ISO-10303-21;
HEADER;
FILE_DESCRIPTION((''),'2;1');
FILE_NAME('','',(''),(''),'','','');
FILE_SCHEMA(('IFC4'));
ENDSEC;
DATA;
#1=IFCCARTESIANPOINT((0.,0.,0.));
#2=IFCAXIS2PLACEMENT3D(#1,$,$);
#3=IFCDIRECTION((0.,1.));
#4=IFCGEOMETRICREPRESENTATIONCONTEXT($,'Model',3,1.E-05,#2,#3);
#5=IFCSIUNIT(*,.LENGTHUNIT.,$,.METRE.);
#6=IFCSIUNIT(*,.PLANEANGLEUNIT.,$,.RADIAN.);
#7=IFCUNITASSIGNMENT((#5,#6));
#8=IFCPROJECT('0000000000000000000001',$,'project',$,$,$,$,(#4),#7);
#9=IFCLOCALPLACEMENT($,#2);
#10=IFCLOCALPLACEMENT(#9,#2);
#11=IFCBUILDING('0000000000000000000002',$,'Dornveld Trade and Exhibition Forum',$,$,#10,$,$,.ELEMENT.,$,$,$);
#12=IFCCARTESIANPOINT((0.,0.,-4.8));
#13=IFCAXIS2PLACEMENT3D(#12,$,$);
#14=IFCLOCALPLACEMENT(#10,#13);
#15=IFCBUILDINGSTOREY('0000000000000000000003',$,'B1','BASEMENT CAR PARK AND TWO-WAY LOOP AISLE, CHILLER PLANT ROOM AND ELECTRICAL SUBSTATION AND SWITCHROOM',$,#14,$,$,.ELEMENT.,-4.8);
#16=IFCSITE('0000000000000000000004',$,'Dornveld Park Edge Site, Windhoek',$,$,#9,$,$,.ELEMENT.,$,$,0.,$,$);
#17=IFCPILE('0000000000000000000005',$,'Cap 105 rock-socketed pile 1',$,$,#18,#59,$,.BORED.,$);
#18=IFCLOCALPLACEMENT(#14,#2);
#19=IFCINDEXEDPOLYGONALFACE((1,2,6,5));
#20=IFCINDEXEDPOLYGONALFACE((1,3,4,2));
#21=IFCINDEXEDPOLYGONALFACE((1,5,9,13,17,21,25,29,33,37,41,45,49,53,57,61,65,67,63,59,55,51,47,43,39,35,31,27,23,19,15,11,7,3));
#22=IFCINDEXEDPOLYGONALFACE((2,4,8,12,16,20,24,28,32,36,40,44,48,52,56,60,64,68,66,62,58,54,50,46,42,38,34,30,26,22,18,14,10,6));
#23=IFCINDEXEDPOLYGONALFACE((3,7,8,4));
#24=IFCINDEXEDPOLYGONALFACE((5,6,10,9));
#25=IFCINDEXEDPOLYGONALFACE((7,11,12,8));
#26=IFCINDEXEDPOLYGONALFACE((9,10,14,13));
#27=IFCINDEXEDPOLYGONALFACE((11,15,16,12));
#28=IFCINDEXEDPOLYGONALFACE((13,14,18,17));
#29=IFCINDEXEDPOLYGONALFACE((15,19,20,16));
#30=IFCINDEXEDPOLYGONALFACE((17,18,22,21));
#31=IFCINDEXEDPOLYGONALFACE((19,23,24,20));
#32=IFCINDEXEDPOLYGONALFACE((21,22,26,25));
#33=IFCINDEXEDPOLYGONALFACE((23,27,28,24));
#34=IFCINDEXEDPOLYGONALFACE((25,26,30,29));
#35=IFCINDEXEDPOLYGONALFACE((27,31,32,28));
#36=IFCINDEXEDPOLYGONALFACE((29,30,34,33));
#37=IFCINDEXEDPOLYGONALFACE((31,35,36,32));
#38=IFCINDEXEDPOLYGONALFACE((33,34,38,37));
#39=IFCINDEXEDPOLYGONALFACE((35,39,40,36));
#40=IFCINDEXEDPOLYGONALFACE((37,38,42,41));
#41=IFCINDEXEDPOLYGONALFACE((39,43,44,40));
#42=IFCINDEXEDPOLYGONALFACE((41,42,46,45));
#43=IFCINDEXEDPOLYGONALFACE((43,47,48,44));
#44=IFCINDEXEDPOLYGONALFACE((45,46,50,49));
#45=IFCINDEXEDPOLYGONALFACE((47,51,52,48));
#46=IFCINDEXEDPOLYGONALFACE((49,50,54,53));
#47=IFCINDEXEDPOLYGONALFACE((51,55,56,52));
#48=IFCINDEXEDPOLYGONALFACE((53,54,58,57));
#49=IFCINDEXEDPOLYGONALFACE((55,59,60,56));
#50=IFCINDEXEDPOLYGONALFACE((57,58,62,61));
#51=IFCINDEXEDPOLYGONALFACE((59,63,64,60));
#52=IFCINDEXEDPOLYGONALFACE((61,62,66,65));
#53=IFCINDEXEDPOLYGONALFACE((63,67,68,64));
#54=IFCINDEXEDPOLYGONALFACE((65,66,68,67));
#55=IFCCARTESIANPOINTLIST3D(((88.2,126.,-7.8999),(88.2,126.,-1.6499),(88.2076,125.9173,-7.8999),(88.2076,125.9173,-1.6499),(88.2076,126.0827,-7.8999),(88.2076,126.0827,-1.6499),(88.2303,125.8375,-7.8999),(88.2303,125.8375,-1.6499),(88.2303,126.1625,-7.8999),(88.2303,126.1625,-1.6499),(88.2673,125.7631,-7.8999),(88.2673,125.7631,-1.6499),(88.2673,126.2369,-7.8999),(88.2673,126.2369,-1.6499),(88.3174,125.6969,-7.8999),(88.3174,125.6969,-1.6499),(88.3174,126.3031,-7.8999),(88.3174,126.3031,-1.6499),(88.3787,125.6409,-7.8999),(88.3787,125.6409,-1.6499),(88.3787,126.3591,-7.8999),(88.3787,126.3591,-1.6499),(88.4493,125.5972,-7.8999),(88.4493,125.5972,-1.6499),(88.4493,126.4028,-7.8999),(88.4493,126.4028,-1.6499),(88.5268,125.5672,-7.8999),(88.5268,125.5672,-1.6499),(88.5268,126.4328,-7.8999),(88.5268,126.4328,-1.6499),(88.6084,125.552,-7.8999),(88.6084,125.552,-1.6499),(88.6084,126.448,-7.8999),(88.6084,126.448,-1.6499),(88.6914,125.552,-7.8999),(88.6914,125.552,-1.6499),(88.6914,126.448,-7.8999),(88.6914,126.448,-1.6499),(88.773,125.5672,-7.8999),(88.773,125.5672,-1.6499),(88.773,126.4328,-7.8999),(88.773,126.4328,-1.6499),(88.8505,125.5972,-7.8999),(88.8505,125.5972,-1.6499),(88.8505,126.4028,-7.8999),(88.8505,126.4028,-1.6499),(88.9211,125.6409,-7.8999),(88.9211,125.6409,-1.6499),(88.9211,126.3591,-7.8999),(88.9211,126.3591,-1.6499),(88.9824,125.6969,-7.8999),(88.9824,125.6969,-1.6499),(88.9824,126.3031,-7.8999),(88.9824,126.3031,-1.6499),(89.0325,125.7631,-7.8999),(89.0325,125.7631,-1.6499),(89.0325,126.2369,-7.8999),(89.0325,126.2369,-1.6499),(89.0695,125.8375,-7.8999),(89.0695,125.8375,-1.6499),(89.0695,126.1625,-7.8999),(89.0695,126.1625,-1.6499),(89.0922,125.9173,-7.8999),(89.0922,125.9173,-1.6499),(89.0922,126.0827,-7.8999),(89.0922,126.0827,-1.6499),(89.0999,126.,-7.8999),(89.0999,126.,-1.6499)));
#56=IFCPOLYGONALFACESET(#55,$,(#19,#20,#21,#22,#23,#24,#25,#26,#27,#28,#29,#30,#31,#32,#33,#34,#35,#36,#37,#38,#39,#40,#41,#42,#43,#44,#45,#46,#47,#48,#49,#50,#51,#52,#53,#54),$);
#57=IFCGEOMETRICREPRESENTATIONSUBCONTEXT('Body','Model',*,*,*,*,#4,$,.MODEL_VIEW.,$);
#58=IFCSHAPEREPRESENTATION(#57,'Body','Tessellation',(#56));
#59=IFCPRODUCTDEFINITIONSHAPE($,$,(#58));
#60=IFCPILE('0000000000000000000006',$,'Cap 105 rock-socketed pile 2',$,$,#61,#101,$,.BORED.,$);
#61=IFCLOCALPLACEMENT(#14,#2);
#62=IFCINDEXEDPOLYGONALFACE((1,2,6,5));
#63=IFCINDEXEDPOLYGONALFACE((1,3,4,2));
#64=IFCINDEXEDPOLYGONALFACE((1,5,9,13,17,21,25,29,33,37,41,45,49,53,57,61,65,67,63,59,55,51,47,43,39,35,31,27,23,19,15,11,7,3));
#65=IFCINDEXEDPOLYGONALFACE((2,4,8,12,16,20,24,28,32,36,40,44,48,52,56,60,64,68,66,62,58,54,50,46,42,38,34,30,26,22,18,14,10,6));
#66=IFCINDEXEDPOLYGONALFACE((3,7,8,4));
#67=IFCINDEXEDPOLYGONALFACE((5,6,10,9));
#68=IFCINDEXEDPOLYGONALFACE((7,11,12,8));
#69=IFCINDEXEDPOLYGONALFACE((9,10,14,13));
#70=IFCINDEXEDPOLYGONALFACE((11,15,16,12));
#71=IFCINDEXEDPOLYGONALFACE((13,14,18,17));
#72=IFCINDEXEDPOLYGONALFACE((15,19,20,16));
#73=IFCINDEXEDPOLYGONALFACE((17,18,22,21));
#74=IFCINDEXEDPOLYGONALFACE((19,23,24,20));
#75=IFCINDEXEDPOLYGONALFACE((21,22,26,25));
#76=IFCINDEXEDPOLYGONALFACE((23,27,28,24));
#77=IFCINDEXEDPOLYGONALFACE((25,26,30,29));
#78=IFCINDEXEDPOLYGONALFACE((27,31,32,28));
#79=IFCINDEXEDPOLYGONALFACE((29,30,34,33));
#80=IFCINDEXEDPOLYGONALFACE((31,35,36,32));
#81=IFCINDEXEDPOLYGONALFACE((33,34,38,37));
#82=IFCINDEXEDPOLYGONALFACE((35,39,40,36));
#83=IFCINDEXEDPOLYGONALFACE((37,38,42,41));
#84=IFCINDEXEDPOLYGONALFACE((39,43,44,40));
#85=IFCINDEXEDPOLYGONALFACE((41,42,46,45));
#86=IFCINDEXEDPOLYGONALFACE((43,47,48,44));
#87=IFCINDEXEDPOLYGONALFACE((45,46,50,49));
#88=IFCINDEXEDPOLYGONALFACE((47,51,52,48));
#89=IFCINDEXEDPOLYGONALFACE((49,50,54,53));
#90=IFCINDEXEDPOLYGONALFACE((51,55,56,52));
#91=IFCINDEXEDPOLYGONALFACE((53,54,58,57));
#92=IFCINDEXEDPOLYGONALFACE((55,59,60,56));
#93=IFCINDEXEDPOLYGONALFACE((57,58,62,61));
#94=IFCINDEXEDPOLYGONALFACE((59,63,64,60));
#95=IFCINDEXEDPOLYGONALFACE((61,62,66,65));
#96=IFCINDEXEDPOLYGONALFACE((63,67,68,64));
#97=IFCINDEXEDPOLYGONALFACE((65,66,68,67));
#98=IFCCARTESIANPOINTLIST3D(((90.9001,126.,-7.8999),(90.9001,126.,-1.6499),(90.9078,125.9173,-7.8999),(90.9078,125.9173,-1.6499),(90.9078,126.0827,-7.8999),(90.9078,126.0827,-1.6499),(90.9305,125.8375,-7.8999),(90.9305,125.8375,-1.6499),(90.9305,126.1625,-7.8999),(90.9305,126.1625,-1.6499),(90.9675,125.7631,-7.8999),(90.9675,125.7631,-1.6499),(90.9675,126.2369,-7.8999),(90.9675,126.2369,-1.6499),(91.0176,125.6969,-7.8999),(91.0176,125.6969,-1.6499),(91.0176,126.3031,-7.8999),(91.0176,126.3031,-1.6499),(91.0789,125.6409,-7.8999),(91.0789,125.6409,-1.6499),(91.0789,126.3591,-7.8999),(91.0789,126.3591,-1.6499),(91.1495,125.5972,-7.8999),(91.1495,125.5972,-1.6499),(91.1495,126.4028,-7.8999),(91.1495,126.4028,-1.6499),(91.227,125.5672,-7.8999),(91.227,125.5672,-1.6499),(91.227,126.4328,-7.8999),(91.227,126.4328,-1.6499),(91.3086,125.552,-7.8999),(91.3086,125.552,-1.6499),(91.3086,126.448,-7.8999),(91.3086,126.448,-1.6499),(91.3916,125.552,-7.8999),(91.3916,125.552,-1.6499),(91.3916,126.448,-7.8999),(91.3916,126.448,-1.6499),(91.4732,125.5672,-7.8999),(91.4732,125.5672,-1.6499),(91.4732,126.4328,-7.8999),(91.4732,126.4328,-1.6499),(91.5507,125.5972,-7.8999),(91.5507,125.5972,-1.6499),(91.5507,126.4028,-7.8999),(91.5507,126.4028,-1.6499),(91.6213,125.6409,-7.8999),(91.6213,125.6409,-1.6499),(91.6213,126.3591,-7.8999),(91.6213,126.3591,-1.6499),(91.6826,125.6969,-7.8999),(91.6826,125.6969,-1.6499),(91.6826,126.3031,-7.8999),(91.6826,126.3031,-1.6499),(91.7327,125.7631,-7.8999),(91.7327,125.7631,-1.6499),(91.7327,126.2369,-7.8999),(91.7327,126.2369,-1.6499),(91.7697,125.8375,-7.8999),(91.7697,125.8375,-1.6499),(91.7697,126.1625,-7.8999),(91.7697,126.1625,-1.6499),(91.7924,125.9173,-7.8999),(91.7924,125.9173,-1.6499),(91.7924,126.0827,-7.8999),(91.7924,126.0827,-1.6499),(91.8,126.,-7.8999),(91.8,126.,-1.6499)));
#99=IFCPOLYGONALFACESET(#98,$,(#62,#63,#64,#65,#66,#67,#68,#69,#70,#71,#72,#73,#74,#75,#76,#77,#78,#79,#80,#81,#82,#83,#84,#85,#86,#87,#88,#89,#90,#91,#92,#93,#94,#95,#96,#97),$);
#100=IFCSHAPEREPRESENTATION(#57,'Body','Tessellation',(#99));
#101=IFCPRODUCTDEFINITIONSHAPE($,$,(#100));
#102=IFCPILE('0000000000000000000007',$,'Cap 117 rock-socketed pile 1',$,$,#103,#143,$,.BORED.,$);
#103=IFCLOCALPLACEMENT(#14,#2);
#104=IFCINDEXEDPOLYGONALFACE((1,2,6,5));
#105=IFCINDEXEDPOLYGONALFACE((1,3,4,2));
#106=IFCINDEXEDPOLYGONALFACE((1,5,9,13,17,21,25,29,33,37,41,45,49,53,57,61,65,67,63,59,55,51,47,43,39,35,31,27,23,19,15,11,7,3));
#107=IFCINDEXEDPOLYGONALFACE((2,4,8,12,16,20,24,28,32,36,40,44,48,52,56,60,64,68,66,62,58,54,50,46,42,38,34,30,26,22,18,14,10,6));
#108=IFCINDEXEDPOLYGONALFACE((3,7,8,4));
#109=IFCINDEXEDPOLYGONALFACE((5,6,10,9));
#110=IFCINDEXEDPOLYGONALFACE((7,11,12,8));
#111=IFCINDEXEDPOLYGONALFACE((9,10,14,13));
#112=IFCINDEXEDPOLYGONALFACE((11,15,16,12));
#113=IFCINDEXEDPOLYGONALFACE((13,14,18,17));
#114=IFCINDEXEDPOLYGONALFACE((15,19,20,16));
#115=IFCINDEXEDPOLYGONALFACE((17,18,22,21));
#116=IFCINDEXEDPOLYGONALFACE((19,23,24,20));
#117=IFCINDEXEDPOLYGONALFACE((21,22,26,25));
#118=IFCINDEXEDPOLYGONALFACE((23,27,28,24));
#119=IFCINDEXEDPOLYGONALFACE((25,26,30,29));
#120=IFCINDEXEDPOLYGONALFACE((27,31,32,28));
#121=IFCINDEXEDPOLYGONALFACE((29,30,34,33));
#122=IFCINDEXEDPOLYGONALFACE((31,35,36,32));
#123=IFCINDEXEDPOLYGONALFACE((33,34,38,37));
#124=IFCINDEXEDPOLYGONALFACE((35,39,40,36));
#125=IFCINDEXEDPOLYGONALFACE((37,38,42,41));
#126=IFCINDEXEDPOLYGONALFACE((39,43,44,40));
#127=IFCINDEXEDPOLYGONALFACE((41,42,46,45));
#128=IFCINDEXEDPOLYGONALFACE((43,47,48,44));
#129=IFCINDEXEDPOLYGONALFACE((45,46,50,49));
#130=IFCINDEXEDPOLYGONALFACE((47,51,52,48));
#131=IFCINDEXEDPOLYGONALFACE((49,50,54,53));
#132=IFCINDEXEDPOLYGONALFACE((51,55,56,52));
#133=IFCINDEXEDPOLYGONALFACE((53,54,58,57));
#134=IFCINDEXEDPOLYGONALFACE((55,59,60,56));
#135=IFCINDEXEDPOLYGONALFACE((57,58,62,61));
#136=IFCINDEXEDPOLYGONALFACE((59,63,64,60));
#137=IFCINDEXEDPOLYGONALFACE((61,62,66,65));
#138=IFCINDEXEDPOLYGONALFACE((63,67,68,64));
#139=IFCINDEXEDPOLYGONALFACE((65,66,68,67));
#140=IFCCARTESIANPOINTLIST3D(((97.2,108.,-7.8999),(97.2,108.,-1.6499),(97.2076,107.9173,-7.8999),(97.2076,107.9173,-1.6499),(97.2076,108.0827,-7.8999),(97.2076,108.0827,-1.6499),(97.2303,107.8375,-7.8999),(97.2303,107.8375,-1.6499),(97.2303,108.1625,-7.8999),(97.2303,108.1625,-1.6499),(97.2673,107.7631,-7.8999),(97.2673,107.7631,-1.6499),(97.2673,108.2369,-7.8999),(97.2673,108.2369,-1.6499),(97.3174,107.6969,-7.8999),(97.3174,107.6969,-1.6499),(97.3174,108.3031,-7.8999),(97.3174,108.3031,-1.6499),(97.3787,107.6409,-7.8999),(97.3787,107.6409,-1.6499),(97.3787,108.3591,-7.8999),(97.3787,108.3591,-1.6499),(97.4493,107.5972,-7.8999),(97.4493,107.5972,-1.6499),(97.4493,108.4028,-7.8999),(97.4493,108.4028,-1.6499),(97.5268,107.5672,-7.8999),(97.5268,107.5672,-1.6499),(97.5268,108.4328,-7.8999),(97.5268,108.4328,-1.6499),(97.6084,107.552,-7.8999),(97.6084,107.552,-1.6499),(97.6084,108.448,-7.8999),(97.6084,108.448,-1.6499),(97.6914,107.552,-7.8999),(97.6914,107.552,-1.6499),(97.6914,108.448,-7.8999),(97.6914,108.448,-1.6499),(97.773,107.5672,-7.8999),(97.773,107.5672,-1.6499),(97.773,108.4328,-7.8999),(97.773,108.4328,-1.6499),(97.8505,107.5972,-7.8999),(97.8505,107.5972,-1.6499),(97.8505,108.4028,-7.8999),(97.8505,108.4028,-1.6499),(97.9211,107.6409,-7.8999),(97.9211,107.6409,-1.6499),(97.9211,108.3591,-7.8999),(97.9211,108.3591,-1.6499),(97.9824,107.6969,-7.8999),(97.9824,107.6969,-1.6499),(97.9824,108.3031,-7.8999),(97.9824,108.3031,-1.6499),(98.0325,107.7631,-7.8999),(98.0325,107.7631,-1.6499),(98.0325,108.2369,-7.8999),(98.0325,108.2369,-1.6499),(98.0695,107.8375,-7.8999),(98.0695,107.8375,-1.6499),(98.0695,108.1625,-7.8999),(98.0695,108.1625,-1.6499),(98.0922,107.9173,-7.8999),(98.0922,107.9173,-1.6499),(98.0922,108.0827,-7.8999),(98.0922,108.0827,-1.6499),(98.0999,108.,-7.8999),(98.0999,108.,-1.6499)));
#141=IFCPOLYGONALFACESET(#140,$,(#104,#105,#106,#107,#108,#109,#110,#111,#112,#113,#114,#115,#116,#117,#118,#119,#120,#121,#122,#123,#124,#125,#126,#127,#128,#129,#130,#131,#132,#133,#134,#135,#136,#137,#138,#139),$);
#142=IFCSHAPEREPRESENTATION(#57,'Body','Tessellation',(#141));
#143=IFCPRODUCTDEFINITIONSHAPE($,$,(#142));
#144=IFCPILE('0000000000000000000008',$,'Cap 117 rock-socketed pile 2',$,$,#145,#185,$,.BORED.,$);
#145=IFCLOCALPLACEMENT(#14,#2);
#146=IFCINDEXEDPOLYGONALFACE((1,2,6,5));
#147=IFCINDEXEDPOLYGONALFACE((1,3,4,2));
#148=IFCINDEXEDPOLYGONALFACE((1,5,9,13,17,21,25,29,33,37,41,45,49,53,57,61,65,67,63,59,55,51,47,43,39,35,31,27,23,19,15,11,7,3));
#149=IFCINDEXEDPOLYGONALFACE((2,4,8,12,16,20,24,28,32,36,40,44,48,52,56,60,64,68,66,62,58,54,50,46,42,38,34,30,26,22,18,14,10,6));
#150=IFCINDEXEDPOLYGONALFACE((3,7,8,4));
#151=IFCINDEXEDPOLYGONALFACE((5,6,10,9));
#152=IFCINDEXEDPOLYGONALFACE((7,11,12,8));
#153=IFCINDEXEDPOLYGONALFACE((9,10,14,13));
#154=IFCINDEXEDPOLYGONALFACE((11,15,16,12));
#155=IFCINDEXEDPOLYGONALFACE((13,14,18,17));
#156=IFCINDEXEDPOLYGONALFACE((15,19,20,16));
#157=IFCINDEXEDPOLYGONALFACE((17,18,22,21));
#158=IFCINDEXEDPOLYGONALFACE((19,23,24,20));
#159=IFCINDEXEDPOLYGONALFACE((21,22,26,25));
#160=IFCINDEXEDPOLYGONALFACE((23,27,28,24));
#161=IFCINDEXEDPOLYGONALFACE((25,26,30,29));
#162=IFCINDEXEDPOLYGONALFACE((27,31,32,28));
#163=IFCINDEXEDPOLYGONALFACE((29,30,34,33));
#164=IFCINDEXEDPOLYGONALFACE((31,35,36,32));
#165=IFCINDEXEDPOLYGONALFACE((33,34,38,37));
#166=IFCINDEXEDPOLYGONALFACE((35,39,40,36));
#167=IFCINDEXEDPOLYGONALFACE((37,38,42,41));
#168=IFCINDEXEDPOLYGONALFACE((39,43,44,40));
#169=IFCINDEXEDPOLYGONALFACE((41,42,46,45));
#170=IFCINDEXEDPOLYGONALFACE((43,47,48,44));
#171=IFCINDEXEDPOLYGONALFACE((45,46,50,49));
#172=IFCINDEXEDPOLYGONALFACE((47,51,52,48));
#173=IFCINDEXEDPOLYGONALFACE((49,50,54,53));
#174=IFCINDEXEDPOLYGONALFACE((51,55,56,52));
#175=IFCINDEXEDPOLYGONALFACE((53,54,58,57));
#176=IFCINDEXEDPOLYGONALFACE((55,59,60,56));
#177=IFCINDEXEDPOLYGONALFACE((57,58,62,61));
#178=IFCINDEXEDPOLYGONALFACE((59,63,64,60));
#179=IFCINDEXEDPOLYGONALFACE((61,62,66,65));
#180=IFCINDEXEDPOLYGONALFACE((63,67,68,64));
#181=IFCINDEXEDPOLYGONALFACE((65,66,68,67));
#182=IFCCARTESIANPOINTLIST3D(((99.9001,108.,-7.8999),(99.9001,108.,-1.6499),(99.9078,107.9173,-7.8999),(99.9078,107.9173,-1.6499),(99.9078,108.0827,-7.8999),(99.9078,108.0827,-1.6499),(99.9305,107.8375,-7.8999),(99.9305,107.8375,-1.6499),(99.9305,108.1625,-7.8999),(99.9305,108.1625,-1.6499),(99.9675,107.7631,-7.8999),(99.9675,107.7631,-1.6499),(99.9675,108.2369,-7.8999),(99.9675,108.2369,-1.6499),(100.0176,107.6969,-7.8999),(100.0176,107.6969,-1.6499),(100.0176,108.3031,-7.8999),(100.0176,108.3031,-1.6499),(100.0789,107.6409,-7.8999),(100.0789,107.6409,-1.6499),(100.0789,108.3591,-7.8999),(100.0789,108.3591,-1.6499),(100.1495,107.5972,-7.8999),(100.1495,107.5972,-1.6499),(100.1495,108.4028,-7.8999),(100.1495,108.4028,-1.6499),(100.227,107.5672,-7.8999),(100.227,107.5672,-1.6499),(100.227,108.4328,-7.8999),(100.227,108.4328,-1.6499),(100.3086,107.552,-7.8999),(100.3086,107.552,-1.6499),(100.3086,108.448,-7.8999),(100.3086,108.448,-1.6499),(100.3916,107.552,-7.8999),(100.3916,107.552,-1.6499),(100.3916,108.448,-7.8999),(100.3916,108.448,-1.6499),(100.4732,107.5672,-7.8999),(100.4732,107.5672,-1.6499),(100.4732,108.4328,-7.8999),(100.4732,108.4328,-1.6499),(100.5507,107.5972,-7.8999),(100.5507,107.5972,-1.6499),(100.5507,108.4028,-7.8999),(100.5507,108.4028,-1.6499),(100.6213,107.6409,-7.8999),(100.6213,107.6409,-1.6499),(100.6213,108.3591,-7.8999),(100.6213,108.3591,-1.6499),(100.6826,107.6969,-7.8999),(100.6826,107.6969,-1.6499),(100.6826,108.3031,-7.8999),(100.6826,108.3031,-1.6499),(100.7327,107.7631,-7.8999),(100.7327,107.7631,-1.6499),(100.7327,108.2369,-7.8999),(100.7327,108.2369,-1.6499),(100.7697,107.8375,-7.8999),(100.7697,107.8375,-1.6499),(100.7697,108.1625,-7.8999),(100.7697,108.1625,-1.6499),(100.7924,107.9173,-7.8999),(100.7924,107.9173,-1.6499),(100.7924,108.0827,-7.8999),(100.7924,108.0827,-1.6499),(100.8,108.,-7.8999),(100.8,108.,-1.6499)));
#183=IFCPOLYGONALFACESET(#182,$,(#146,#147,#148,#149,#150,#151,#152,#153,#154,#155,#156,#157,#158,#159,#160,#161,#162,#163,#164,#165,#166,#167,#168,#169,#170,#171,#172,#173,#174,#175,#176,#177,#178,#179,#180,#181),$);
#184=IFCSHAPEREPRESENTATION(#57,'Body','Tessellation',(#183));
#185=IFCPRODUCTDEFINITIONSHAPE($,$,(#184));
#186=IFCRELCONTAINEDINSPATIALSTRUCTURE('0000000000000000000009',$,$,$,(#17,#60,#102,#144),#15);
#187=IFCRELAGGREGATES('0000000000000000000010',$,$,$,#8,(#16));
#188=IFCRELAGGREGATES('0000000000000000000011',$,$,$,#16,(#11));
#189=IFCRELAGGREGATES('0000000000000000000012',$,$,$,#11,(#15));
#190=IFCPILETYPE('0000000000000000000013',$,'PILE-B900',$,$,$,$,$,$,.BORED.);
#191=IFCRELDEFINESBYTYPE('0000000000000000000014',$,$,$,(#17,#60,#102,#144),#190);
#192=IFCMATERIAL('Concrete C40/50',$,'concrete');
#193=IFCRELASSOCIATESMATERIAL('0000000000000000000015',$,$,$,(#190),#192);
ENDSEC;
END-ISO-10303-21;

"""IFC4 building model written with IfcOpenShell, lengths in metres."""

from ifc_helpers import new_model, si_unit, direction, frame, origin, origin_2d, place, context, subcontext, project, spatial, circle, extrude, material, material_profile, profile_set, type_object, element, save


model = new_model("IFC4")

# Units and contexts
model_context = context("Model", 3, precision=1e-05, world=origin(), true_north=direction((0.0, 1.0)))
body_context = subcontext(model_context, "Body", "Model", "MODEL_VIEW")
ifc_project = project(units=[si_unit("LENGTHUNIT", "METRE"), si_unit("PLANEANGLEUNIT", "RADIAN")], contexts=[model_context])

# Site, building, storey
site_placement = place(None, origin())
site = spatial("IfcSite", under=ifc_project, at=site_placement, Name="Dornveld Park Edge Site, Windhoek", CompositionType="ELEMENT", RefElevation=0.0)
building_placement = place(site_placement, origin())
building = spatial("IfcBuilding", under=site, at=building_placement, Name="Dornveld Trade and Exhibition Forum", CompositionType="ELEMENT")
storey_placement = place(building_placement, frame((0.0, 0.0, -4.8)))
storey = spatial("IfcBuildingStorey", under=building, at=storey_placement, Name="B1", Description="BASEMENT CAR PARK AND TWO-WAY LOOP AISLE, CHILLER PLANT ROOM AND ELECTRICAL SUBSTATION AND SWITCHROOM", CompositionType="ELEMENT", Elevation=-4.8)

# Piles
ifc_material_1 = material(Name="Concrete C40/50", Category="concrete")
ifc_material_profile_1 = material_profile(ifc_material_1, circle(Radius=0.45, at=origin_2d()), Name="PILE D900")
ifc_profile_set_1 = profile_set([ifc_material_profile_1], Name="Concrete C40/50")
pile_type = type_object("IfcPileType", Name="PILE-B900", PredefinedType="BORED", material=ifc_profile_set_1)
for number, where, z_axis, x_axis, name in (
    (1, (88.6499, 126.0, -1.6499), (0.0, 0.0, -1.0), (1.0, 0.0, 0.0), "Cap 105 rock-socketed pile 1"),
    (2, (91.3501, 126.0, -1.6499), (0.0, 0.0, -1.0), (1.0, 0.0, 0.0), "Cap 105 rock-socketed pile 2"),
    (3, (97.6499, 108.0, -1.6499), (0.0, 0.0, -1.0), (1.0, 0.0, 0.0), "Cap 117 rock-socketed pile 1"),
    (4, (100.3501, 108.0, -1.6499), (0.0, 0.0, -1.0), (1.0, 0.0, 0.0), "Cap 117 rock-socketed pile 2"),
):
    element("IfcPile", number, at=place(storey_placement, frame(where, z_axis=z_axis, x_axis=x_axis)), inside=storey, type_object=pile_type, Name=name, PredefinedType="BORED", context=body_context, shape_type="SweptSolid", body=[
        extrude(circle(Radius=0.45, at=origin_2d()), origin(), (0.0, 0.0, 1.0), 6.25),
    ])

save(model, "model.ifc")
